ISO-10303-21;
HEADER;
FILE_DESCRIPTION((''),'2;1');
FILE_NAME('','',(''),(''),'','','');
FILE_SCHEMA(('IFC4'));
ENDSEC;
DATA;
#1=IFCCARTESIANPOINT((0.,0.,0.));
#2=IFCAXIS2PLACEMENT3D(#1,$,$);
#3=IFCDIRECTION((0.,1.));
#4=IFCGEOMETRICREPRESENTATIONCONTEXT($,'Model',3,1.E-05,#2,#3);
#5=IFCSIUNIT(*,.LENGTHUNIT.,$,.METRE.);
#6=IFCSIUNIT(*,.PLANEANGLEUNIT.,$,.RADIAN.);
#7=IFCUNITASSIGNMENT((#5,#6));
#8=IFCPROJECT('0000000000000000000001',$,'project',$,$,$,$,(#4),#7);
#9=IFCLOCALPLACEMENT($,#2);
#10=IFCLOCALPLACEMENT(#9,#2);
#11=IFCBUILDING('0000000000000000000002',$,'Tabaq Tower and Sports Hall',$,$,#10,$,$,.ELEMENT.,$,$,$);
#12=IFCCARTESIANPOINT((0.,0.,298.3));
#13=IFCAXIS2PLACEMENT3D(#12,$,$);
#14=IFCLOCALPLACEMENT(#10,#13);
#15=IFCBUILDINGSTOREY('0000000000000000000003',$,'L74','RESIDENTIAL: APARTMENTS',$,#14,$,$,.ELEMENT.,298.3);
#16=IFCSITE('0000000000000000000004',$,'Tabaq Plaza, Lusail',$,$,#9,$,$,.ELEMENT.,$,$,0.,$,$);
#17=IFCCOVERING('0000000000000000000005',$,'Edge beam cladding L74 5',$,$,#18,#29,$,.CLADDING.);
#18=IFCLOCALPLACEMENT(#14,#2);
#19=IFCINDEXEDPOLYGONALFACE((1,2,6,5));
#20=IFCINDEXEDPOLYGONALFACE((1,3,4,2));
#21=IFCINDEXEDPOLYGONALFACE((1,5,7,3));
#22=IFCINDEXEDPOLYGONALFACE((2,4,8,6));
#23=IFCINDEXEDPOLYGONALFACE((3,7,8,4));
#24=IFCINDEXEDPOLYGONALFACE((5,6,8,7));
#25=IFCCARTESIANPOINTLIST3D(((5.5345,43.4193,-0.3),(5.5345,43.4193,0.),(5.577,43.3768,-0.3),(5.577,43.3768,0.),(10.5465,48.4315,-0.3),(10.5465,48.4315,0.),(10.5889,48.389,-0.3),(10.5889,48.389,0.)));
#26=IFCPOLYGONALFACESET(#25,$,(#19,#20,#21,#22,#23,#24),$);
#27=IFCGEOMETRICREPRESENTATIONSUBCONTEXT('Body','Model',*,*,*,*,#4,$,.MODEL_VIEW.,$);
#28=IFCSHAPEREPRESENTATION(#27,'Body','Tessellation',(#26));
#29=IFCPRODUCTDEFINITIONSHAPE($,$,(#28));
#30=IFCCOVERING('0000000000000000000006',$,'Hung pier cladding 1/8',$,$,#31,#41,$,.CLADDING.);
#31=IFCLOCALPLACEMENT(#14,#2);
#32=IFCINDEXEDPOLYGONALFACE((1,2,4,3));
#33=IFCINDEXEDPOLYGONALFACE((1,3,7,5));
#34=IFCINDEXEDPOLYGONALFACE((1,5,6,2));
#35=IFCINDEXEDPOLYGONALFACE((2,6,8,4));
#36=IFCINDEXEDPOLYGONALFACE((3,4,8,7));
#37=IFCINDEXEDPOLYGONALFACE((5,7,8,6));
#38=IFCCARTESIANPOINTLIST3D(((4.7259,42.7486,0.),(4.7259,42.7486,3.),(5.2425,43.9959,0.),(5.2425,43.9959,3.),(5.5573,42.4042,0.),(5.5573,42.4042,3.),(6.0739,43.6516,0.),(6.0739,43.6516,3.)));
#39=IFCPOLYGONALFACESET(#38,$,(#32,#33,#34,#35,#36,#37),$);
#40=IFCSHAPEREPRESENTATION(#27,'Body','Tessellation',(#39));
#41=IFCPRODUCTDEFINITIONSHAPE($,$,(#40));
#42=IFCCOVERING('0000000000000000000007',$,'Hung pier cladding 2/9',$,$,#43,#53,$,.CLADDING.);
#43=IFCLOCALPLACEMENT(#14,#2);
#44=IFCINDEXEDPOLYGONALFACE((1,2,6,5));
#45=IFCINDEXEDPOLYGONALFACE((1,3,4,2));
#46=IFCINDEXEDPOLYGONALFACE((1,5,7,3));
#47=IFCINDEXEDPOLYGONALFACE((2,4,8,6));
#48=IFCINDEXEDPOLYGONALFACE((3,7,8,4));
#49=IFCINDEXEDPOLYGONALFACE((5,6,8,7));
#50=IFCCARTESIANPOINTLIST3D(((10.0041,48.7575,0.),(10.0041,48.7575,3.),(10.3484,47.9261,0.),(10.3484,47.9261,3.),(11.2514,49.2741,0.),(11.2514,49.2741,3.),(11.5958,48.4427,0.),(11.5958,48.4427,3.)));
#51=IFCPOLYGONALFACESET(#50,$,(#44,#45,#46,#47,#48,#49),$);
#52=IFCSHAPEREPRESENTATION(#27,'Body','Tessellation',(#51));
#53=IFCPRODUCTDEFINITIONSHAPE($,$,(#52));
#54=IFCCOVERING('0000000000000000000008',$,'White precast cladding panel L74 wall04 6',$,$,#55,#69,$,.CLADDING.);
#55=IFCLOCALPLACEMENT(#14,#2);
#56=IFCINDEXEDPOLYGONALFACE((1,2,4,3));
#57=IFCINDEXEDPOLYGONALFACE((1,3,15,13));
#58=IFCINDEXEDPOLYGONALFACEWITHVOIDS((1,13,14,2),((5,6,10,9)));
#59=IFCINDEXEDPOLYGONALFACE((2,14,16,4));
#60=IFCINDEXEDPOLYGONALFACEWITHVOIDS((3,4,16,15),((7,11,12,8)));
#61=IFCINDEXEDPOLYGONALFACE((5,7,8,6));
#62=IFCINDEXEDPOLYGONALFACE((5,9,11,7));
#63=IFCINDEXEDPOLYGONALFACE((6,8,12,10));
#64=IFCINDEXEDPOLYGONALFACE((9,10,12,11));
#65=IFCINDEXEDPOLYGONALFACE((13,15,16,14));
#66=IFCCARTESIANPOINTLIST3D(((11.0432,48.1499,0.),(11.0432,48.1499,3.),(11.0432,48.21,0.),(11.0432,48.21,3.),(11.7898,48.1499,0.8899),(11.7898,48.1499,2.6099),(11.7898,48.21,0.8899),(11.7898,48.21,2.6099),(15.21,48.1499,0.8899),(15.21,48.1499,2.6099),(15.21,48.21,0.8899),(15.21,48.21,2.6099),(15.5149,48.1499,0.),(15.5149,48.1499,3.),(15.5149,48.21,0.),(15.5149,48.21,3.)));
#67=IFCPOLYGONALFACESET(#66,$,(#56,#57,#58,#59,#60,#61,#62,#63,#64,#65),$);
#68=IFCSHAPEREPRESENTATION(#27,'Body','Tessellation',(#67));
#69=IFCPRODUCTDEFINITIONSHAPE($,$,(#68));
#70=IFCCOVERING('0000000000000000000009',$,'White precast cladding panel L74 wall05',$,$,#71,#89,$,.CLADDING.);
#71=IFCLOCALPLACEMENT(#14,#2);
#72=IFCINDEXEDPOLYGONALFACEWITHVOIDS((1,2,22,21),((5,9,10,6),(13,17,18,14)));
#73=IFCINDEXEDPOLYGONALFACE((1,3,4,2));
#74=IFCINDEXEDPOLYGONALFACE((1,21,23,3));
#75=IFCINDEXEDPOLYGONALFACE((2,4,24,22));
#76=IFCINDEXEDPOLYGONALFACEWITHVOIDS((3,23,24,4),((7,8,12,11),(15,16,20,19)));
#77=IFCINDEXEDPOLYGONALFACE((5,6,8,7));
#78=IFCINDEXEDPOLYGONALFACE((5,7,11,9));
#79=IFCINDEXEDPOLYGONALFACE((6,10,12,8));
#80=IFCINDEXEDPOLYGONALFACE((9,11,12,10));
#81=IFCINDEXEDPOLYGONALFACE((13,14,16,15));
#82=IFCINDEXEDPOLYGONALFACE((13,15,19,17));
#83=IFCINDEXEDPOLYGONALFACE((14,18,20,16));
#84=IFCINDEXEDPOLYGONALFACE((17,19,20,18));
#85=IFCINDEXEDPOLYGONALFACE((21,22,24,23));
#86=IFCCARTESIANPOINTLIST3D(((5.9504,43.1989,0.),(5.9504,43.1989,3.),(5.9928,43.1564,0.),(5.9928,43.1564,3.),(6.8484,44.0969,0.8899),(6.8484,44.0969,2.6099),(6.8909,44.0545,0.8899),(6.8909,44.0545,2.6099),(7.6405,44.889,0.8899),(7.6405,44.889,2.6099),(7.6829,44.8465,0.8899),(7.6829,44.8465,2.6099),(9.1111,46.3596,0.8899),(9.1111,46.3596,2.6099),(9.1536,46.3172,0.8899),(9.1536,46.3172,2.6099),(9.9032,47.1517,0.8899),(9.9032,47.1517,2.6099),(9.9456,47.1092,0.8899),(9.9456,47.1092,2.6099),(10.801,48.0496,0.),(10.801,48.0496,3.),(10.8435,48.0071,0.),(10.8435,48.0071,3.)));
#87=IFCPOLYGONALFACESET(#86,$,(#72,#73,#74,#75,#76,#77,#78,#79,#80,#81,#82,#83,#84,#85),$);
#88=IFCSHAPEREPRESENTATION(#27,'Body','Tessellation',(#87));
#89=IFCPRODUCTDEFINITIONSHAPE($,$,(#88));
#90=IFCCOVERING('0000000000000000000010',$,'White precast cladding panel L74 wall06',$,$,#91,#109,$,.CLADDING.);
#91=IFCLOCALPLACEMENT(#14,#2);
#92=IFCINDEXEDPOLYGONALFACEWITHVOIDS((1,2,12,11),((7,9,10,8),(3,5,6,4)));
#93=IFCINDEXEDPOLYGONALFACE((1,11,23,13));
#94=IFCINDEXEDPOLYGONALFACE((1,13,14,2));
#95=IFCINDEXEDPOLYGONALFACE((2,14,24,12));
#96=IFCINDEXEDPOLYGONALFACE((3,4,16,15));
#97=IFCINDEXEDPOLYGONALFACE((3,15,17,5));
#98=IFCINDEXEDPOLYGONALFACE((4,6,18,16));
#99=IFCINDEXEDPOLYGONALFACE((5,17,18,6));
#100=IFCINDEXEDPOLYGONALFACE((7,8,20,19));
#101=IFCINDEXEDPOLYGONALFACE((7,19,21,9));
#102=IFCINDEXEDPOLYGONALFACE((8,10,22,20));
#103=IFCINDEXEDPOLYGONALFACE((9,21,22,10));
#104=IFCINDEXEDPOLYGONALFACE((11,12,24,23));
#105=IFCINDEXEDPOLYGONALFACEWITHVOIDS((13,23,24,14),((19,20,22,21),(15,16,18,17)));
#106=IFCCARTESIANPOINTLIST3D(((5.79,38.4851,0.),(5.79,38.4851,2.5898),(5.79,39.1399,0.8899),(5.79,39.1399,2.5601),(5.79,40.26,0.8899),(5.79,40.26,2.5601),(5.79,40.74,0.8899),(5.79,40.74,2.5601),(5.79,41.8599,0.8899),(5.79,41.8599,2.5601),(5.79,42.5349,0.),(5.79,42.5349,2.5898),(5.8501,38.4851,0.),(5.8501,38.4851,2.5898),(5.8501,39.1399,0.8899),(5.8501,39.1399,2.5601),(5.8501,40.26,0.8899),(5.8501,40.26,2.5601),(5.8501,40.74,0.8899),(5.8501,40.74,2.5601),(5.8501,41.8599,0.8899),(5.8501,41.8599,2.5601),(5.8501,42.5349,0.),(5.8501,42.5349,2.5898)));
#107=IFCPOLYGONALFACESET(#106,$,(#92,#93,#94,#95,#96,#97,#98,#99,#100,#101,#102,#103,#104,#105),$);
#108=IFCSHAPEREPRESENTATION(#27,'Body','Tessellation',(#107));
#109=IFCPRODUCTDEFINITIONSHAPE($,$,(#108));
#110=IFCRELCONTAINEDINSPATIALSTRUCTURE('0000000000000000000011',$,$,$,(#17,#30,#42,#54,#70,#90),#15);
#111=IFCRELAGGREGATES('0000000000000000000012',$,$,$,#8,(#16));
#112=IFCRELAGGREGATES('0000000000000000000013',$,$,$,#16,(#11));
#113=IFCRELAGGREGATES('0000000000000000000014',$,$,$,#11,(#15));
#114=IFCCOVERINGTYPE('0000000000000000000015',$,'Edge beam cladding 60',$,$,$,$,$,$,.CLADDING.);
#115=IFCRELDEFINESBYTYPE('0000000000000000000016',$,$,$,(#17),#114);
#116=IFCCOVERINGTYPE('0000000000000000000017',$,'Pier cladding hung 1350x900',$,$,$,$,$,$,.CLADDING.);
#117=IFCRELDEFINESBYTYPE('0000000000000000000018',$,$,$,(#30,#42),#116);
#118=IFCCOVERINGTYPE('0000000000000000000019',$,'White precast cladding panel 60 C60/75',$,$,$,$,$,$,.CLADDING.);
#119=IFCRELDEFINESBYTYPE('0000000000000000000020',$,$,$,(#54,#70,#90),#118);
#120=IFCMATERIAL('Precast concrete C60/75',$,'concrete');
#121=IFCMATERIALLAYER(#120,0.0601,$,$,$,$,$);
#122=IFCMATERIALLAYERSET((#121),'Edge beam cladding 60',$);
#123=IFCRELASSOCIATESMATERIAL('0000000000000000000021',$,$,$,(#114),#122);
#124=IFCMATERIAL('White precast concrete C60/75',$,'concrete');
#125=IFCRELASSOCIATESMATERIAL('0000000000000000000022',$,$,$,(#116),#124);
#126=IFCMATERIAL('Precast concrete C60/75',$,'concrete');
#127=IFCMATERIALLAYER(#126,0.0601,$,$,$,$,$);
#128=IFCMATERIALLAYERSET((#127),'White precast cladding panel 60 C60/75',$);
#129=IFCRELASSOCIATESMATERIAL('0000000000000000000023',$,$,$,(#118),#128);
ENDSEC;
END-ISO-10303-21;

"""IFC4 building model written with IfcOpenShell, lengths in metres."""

from ifc_helpers import new_model, si_unit, direction, frame, frame_2d, origin, place, context, subcontext, project, spatial, polyline, rectangle, outline, extrude, material, layer, layer_set, type_object, element, save


model = new_model("IFC4")

# Units and contexts
model_context = context("Model", 3, precision=1e-05, world=origin(), true_north=direction((0.0, 1.0)))
body_context = subcontext(model_context, "Body", "Model", "MODEL_VIEW")
ifc_project = project(units=[si_unit("LENGTHUNIT", "METRE"), si_unit("PLANEANGLEUNIT", "RADIAN")], contexts=[model_context])

# Site, building, storey
site_placement = place(None, origin())
site = spatial("IfcSite", under=ifc_project, at=site_placement, Name="Tabaq Plaza, Lusail", CompositionType="ELEMENT", RefElevation=0.0)
building_placement = place(site_placement, origin())
building = spatial("IfcBuilding", under=site, at=building_placement, Name="Tabaq Tower and Sports Hall", CompositionType="ELEMENT")
storey_placement = place(building_placement, frame((0.0, 0.0, 298.3)))
storey = spatial("IfcBuildingStorey", under=building, at=storey_placement, Name="L74", Description="RESIDENTIAL: APARTMENTS", CompositionType="ELEMENT", Elevation=298.3)

# Coverings
ifc_material_1 = material(Name="Precast concrete C60/75", Category="concrete")
ifc_layer_1 = layer(ifc_material_1, 0.0601)
ifc_layer_set_1 = layer_set([ifc_layer_1], Name="Edge beam cladding 60")
covering_type_1 = type_object("IfcCoveringType", Name="Edge beam cladding 60", PredefinedType="CLADDING", material=ifc_layer_set_1)
covering_1_placement = place(storey_placement, frame((10.5676, 48.4102, -0.3), z_axis=(0.0, 0.0, 1.0), x_axis=(-0.70709, -0.707124, 0.0)))
element("IfcCovering", 1, at=covering_1_placement, inside=storey, type_object=covering_type_1, Name="Edge beam cladding L74 5", PredefinedType="CLADDING", context=body_context, shape_type="SweptSolid", body=[
    extrude(rectangle(XDim=7.0881, YDim=0.0601, at=frame_2d((3.5439, 0.0))), origin(), (0.0, 0.0, 1.0), 0.3),
])
ifc_material_2 = material(Name="White precast concrete C60/75", Category="concrete")
covering_type_2 = type_object("IfcCoveringType", Name="Pier cladding hung 1350x900", PredefinedType="CLADDING", material=ifc_material_2)
for number, where, z_axis, x_axis, name in (
    (2, (5.6582, 43.8237, 0.0), (0.0, 0.0, 1.0), (-0.38265, -0.923893, 0.0), "Hung pier cladding 1/8"),
    (3, (11.4236, 48.8584, 0.0), (0.0, 0.0, 1.0), (-0.923893, -0.38265, 0.0), "Hung pier cladding 2/9"),
):
    element("IfcCovering", number, at=place(storey_placement, frame(where, z_axis=z_axis, x_axis=x_axis)), inside=storey, type_object=covering_type_2, Name=name, PredefinedType="CLADDING", context=body_context, shape_type="SweptSolid", body=[
        extrude(rectangle(XDim=1.3501, YDim=0.8999, at=frame_2d((0.675, 0.0))), origin(), (0.0, 0.0, 1.0), 3.0),
    ])
ifc_material_3 = material(Name="Precast concrete C60/75", Category="concrete")
ifc_layer_2 = layer(ifc_material_3, 0.0601)
ifc_layer_set_2 = layer_set([ifc_layer_2], Name="White precast cladding panel 60 C60/75")
covering_type_3 = type_object("IfcCoveringType", Name="White precast cladding panel 60 C60/75", PredefinedType="CLADDING", material=ifc_layer_set_2)
covering_2_placement = place(storey_placement, frame((15.5149, 48.1799, 0.0), z_axis=(0.0, 0.0, 1.0), x_axis=(-1.0, 0.0, 0.0)))
element("IfcCovering", 4, at=covering_2_placement, inside=storey, type_object=covering_type_3, Name="White precast cladding panel L74 wall04 6", PredefinedType="CLADDING", context=body_context, shape_type="SweptSolid", body=[
    extrude(outline(polyline([(0.0, 0.0), (4.4717, 0.0), (4.4717, 3.0), (0.0, 3.0), (0.0, 0.0)]), holes=[polyline([(0.3049, 0.8899), (0.3049, 2.6099), (3.7251, 2.6099), (3.7251, 0.8899), (0.3049, 0.8899)])]), frame((0.0, 0.03, 0.0), z_axis=(0.0, -1.0, 0.0), x_axis=(1.0, 0.0, 0.0)), (0.0, 0.0, 1.0), 0.0601),
])
covering_3_placement = place(storey_placement, frame((10.8223, 48.0283, 0.0), z_axis=(0.0, 0.0, 1.0), x_axis=(-0.707107, -0.707107, 0.0)))
element("IfcCovering", 5, at=covering_3_placement, inside=storey, type_object=covering_type_3, Name="White precast cladding panel L74 wall05", PredefinedType="CLADDING", context=body_context, shape_type="SweptSolid", body=[
    extrude(outline(polyline([(0.0, 0.0), (6.8599, 0.0), (6.8599, 3.0), (0.0, 3.0), (0.0, 0.0)]), holes=[polyline([(1.2698, 2.6099), (2.3899, 2.6099), (2.3899, 0.8899), (1.2698, 0.8899), (1.2698, 2.6099)]), polyline([(4.4697, 2.6099), (5.5898, 2.6099), (5.5898, 0.8899), (4.4697, 0.8899), (4.4697, 2.6099)])]), frame((0.0, 0.03, 0.0), z_axis=(0.0, -1.0, 0.0), x_axis=(1.0, 0.0, 0.0)), (0.0, 0.0, 1.0), 0.0601),
])
covering_4_placement = place(storey_placement, frame((5.8201, 42.5349, 0.0), z_axis=(0.0, 0.0, 1.0), x_axis=(0.0, -1.0, 0.0)))
element("IfcCovering", 6, at=covering_4_placement, inside=storey, type_object=covering_type_3, Name="White precast cladding panel L74 wall06", PredefinedType="CLADDING", context=body_context, shape_type="SweptSolid", body=[
    extrude(outline(polyline([(0.0, 0.0), (4.0498, 0.0), (4.0498, 2.5898), (0.0, 2.5898), (0.0, 0.0)]), holes=[polyline([(0.675, 0.8899), (0.675, 2.5601), (1.7949, 2.5601), (1.7949, 0.8899), (0.675, 0.8899)]), polyline([(2.2749, 0.8899), (2.2749, 2.5601), (3.395, 2.5601), (3.395, 0.8899), (2.2749, 0.8899)])]), frame((0.0, 0.03, 0.0), z_axis=(0.0, -1.0, 0.0), x_axis=(1.0, 0.0, 0.0)), (0.0, 0.0, 1.0), 0.0601),
])

save(model, "model.ifc")
